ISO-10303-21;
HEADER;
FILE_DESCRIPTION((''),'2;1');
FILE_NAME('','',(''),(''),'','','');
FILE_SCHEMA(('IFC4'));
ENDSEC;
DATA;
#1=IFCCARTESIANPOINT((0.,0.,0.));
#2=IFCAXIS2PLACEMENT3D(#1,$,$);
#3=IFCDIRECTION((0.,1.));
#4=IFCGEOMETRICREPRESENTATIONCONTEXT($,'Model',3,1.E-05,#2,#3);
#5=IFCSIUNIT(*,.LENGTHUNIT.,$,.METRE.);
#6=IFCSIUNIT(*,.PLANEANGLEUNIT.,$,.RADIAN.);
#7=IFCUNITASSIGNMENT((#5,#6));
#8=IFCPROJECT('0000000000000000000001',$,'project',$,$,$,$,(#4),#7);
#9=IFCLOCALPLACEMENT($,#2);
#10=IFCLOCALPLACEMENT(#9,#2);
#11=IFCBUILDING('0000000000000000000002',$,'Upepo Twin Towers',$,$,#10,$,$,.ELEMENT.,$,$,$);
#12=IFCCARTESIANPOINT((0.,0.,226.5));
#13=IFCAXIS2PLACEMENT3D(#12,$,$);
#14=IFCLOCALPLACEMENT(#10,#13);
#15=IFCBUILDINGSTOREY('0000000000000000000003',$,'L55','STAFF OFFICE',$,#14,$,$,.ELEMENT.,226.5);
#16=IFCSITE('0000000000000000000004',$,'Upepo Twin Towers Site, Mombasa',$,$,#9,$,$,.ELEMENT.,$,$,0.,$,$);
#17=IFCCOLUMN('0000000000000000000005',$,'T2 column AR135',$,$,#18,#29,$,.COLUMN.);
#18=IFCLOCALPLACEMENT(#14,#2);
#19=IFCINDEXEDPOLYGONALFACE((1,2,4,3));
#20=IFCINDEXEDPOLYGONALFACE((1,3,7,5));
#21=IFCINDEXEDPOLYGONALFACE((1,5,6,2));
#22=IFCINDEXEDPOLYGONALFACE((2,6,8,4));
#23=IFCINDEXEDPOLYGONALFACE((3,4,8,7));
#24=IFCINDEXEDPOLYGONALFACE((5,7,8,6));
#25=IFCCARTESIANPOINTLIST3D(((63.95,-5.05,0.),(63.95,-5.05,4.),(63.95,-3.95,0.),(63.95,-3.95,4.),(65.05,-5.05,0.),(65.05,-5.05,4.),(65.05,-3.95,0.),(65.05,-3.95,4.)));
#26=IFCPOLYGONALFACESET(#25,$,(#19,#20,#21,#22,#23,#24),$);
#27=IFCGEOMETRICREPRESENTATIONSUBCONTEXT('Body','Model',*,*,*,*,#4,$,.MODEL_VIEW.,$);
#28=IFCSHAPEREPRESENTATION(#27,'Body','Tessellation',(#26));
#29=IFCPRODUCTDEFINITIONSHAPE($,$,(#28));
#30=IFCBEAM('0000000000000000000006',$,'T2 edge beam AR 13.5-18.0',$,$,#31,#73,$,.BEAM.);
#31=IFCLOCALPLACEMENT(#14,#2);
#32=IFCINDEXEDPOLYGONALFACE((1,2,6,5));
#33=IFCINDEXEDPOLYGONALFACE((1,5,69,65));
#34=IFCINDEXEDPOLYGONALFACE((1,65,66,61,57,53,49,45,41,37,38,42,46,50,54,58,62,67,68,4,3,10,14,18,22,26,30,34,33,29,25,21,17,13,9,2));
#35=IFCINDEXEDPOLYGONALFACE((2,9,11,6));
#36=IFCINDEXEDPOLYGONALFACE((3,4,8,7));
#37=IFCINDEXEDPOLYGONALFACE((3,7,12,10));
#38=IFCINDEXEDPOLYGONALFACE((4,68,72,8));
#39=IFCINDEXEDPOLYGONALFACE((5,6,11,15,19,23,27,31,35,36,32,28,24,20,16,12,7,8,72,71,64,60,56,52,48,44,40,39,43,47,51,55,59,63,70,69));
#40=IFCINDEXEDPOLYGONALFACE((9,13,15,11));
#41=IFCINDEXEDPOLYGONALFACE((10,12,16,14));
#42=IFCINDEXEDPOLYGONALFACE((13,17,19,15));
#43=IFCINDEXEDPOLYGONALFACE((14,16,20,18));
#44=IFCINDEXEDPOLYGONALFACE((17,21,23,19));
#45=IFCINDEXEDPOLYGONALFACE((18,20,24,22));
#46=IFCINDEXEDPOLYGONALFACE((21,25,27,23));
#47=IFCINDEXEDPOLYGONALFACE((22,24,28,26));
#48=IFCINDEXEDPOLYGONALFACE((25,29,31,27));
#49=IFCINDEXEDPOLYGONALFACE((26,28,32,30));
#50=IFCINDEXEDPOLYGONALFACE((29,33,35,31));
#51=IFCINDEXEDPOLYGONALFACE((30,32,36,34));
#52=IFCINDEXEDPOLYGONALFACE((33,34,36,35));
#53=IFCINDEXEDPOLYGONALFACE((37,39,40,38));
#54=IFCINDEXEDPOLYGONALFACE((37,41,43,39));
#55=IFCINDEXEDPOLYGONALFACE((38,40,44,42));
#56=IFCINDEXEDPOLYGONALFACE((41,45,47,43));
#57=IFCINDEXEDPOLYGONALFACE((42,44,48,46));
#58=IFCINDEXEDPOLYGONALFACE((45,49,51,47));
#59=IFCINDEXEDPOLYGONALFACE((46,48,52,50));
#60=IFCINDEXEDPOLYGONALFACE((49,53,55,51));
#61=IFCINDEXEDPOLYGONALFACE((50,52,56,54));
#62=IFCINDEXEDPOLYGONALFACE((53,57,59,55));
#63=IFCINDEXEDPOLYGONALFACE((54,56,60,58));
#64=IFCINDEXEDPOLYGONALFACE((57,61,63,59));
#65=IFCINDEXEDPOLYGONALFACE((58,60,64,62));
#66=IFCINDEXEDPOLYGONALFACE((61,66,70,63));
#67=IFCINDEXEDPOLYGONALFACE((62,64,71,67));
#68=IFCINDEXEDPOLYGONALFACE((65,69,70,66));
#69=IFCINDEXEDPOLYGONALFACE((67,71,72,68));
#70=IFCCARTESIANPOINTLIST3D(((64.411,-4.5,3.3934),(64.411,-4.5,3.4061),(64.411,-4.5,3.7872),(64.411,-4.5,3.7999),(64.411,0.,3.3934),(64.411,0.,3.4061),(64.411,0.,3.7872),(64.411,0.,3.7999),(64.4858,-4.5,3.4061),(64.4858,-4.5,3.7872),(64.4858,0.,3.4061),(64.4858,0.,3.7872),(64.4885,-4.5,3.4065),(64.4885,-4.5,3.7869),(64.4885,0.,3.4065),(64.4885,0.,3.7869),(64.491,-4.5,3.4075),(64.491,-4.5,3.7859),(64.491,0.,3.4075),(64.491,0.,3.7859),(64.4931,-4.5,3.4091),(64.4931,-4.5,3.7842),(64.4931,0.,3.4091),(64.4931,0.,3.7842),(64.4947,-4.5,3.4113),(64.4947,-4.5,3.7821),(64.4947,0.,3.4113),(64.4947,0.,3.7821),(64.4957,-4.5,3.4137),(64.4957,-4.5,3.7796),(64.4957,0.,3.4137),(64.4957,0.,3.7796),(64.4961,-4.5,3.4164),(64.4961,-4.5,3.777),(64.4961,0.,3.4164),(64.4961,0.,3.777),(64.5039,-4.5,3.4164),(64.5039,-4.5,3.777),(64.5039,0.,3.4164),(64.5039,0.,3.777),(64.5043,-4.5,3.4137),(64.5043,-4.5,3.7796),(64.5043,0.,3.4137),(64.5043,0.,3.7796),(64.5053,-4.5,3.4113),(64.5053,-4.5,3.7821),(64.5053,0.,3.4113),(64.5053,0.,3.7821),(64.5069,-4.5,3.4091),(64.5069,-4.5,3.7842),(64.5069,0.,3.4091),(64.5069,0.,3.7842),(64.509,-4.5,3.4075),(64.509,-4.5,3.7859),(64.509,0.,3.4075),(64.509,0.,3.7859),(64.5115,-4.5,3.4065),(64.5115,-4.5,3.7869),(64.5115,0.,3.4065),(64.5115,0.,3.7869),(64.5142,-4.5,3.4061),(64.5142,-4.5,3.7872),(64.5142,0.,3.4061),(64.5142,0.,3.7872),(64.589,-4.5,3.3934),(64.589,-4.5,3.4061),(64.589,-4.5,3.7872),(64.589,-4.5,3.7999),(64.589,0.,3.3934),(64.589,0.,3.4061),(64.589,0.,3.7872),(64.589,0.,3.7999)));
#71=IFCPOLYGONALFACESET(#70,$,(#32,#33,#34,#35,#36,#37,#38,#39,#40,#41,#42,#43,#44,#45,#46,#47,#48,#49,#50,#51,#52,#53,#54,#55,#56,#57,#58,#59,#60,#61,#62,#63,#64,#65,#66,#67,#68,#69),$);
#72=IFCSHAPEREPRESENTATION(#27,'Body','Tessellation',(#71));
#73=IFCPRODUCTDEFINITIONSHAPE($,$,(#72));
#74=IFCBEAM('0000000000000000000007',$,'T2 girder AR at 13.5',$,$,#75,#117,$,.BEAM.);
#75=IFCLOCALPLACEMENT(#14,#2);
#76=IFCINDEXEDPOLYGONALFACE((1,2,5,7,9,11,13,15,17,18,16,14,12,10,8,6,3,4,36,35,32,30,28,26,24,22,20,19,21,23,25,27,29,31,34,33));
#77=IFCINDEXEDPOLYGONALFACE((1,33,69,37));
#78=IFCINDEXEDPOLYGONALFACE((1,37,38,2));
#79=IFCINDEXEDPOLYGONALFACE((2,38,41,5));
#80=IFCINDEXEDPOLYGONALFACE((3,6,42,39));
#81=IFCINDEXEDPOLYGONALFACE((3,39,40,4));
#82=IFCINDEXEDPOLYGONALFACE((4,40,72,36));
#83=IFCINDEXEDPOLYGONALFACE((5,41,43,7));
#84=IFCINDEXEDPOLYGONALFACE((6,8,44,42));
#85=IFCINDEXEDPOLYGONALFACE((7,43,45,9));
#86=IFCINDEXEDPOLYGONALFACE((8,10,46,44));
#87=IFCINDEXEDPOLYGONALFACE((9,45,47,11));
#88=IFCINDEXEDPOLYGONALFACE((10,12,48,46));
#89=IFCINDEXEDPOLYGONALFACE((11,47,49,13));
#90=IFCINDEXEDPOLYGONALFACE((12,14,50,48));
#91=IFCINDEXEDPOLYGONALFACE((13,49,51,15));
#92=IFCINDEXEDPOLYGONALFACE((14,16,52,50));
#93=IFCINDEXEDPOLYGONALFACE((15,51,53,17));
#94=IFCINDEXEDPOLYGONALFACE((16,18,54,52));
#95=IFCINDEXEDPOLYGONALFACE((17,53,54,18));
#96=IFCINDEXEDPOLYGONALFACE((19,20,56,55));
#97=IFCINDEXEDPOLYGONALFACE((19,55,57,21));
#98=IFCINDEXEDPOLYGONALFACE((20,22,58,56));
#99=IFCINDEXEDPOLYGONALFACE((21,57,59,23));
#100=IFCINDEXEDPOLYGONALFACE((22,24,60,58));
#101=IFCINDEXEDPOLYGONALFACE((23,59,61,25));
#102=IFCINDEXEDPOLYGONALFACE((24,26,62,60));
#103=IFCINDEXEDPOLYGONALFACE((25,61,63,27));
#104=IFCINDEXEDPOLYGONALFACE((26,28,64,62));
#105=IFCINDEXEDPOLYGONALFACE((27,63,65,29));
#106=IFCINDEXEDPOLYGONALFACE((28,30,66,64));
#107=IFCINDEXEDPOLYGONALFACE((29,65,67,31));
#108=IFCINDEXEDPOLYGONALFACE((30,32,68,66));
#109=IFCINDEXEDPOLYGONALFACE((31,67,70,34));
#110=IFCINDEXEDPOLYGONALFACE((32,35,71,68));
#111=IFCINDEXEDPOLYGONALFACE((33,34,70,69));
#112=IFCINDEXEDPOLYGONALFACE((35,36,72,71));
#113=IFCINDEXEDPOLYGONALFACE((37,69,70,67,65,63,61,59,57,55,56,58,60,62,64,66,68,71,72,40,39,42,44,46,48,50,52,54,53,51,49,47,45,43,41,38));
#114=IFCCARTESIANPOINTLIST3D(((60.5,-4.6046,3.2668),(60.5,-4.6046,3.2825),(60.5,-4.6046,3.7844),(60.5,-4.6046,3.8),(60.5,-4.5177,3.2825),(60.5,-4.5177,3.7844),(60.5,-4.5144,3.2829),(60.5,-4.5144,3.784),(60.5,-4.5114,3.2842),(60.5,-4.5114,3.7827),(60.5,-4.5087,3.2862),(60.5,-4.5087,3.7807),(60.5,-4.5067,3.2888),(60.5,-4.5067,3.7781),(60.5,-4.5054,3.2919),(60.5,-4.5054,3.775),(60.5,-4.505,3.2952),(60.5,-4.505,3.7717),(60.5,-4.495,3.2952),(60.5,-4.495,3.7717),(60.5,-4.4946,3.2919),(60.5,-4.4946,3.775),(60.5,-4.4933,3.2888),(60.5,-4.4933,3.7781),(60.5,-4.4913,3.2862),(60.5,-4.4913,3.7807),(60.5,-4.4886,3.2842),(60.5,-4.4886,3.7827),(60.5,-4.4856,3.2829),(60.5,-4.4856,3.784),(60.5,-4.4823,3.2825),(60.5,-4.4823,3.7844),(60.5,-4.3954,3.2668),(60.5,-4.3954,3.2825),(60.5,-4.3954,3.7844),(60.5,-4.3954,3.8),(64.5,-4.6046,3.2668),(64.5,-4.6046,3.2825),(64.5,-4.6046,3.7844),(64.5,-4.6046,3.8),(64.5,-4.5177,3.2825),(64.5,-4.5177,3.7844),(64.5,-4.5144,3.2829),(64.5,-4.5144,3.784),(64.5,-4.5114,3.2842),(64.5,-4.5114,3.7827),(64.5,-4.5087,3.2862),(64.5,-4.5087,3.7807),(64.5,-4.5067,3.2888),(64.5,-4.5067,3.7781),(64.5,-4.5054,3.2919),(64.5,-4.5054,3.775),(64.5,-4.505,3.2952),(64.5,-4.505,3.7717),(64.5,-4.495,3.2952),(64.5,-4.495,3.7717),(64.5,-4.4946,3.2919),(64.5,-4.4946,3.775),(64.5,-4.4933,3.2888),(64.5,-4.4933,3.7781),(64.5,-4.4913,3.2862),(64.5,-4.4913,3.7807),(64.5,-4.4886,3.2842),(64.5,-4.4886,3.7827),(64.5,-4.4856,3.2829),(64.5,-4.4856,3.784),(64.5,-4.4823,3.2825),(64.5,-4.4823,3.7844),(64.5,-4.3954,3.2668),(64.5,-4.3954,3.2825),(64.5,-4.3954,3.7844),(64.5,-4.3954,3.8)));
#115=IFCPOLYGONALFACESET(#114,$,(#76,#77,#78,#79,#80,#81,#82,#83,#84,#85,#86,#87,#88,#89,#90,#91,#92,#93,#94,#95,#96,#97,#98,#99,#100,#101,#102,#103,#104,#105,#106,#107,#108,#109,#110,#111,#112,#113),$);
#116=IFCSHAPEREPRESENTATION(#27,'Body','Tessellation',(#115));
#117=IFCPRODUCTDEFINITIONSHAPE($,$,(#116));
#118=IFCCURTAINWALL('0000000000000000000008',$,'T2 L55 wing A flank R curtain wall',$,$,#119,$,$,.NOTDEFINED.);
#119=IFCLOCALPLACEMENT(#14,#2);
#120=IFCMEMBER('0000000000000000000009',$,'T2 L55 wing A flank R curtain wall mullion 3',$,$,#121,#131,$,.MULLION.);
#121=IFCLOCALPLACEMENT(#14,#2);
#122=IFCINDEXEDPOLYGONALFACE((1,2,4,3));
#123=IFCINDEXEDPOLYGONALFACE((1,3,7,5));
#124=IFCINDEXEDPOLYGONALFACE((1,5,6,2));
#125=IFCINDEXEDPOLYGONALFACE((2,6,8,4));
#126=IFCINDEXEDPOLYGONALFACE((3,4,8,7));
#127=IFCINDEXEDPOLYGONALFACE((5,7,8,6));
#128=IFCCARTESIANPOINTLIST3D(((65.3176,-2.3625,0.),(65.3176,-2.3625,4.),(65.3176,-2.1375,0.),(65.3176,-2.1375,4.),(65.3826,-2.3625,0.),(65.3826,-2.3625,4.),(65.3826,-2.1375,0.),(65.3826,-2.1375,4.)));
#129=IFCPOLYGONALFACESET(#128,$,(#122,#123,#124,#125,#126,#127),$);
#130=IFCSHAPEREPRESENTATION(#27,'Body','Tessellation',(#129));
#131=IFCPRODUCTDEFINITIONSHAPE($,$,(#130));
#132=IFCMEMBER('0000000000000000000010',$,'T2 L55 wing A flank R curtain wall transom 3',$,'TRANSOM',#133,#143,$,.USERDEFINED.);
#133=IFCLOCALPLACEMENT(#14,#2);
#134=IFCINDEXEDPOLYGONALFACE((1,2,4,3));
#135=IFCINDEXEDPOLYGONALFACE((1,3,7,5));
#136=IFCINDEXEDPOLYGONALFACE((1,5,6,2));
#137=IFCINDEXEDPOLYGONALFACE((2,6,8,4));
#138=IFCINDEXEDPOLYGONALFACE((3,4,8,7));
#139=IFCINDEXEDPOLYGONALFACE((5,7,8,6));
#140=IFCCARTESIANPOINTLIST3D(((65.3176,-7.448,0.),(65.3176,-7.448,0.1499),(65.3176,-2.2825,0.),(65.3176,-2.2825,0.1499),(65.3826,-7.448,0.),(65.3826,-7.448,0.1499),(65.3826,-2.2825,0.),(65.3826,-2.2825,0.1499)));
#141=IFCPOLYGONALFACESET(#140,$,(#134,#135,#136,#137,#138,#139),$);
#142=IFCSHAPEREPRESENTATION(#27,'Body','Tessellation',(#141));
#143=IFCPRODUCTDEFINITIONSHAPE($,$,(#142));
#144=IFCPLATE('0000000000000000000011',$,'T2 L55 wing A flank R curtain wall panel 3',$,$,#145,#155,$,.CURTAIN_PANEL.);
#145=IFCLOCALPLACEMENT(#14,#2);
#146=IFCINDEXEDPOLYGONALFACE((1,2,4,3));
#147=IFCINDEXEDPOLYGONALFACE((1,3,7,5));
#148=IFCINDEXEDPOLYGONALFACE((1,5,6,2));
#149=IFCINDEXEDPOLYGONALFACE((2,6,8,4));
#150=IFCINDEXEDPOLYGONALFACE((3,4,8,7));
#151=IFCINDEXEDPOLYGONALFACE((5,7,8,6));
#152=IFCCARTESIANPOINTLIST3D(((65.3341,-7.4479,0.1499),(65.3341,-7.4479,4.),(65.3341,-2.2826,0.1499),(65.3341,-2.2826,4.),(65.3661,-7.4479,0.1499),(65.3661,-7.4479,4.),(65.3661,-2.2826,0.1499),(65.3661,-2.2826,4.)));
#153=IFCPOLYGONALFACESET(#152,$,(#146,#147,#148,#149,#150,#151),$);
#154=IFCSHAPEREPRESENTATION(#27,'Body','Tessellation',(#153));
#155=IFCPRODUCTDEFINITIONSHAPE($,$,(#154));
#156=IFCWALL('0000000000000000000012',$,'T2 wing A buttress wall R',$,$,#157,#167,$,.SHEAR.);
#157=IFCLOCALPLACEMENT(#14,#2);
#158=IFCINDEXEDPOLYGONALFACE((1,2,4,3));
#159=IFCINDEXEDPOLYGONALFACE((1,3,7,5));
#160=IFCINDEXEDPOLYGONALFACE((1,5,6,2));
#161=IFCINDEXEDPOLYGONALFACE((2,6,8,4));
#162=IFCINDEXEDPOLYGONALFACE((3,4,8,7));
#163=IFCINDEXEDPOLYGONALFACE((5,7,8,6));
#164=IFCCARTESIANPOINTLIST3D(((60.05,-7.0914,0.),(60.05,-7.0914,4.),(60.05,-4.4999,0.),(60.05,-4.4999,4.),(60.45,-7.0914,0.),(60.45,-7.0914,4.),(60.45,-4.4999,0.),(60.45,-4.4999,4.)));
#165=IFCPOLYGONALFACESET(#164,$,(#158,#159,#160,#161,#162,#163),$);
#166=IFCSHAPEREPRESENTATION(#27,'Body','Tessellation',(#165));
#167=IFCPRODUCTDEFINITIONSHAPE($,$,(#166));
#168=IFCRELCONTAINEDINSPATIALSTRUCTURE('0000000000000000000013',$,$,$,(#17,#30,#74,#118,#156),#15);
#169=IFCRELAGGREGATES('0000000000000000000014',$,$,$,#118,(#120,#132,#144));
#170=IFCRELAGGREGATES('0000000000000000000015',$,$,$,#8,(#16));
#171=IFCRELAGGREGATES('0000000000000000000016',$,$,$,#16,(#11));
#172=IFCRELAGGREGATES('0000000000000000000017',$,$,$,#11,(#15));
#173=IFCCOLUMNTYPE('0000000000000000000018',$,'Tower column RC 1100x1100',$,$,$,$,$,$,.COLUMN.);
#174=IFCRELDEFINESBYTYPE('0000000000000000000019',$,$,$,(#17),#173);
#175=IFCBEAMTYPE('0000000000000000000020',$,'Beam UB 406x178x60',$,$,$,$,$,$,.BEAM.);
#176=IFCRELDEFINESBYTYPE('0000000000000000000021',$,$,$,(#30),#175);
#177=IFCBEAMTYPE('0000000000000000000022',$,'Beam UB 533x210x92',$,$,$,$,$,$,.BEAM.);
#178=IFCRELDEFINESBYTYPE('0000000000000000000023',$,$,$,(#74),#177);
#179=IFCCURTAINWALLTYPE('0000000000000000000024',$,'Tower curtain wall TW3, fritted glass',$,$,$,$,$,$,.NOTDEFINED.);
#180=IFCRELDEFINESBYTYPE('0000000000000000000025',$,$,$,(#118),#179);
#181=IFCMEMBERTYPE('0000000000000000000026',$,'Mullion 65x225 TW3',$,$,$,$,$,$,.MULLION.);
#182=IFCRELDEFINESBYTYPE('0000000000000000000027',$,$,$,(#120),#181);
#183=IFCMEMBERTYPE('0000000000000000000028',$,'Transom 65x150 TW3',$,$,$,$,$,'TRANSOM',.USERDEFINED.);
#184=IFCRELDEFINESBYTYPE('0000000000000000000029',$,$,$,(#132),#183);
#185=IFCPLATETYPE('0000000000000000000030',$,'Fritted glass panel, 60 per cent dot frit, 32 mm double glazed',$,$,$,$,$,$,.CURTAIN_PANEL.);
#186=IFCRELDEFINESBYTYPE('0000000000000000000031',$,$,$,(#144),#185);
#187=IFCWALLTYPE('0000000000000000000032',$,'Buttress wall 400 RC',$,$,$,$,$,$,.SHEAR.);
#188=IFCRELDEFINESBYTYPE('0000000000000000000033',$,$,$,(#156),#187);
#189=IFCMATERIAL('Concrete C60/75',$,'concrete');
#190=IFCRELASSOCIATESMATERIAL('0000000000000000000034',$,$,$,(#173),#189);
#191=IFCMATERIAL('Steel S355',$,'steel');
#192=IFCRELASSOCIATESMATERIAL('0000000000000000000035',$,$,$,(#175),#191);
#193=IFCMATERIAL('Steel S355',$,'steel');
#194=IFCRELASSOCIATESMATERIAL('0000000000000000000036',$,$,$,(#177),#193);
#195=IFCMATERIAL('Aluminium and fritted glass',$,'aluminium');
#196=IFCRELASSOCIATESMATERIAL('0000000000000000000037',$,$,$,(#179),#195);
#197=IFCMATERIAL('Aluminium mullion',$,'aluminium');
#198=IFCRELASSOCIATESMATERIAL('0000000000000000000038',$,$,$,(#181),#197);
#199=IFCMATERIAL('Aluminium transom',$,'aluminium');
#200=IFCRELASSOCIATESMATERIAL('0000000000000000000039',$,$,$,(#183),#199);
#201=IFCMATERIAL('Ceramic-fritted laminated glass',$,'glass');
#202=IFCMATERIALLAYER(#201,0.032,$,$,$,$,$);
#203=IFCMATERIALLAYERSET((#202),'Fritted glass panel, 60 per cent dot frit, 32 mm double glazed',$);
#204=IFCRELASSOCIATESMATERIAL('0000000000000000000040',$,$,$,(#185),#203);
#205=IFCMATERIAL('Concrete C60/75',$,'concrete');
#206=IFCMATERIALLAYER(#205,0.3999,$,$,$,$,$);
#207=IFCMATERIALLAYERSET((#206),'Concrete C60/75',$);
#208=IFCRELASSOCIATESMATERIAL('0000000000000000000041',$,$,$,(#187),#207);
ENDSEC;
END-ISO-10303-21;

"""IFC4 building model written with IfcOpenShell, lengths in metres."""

from ifc_helpers import new_model, si_unit, direction, frame, frame_2d, origin, origin_2d, place, context, subcontext, project, spatial, rectangle, i_section, extrude, material, layer, layer_set, material_profile, profile_set, type_object, element, aggregate, save


model = new_model("IFC4")

# Units and contexts
model_context = context("Model", 3, precision=1e-05, world=origin(), true_north=direction((0.0, 1.0)))
body_context = subcontext(model_context, "Body", "Model", "MODEL_VIEW")
ifc_project = project(units=[si_unit("LENGTHUNIT", "METRE"), si_unit("PLANEANGLEUNIT", "RADIAN")], contexts=[model_context])

# Site, building, storey
site_placement = place(None, origin())
site = spatial("IfcSite", under=ifc_project, at=site_placement, Name="Upepo Twin Towers Site, Mombasa", CompositionType="ELEMENT", RefElevation=0.0)
building_placement = place(site_placement, origin())
building = spatial("IfcBuilding", under=site, at=building_placement, Name="Upepo Twin Towers", CompositionType="ELEMENT")
storey_placement = place(building_placement, frame((0.0, 0.0, 226.5)))
storey = spatial("IfcBuildingStorey", under=building, at=storey_placement, Name="L55", Description="STAFF OFFICE", CompositionType="ELEMENT", Elevation=226.5)

# Column
ifc_material_1 = material(Name="Concrete C60/75", Category="concrete")
ifc_material_profile_1 = material_profile(ifc_material_1, rectangle(XDim=1.1001, YDim=1.1001, at=origin_2d()), Name="RC 1100x1100")
ifc_profile_set_1 = profile_set([ifc_material_profile_1], Name="Concrete C60/75")
column_type = type_object("IfcColumnType", Name="Tower column RC 1100x1100", PredefinedType="COLUMN", material=ifc_profile_set_1)
column_placement = place(storey_placement, frame((64.5, -4.5, 0.0), z_axis=(0.0, 0.0, 1.0), x_axis=(1.0, 0.0, 0.0)))
element("IfcColumn", 1, at=column_placement, inside=storey, type_object=column_type, Name="T2 column AR135", PredefinedType="COLUMN", context=body_context, shape_type="SweptSolid", body=[
    extrude(rectangle(XDim=1.1001, YDim=1.1001, at=origin_2d()), origin(), (0.0, 0.0, 1.0), 4.0),
])

# Beams
ifc_material_2 = material(Name="Steel S355", Category="steel")
ifc_material_profile_2 = material_profile(ifc_material_2, i_section(OverallWidth=0.178, OverallDepth=0.4065, WebThickness=0.0078, FlangeThickness=0.0127, FilletRadius=0.0103, at=origin_2d()), Name="UB 406x178x60")
ifc_profile_set_2 = profile_set([ifc_material_profile_2], Name="Steel S355")
beam_type_1 = type_object("IfcBeamType", Name="Beam UB 406x178x60", PredefinedType="BEAM", material=ifc_profile_set_2)
beam_1_placement = place(storey_placement, frame((64.5, -4.5, 3.5967), z_axis=(0.0, 1.0, 0.0), x_axis=(-1.0, 0.0, 0.0)))
element("IfcBeam", 2, at=beam_1_placement, inside=storey, type_object=beam_type_1, Name="T2 edge beam AR 13.5-18.0", PredefinedType="BEAM", context=body_context, shape_type="SweptSolid", body=[
    extrude(i_section(OverallWidth=0.178, OverallDepth=0.4065, WebThickness=0.0078, FlangeThickness=0.0127, FilletRadius=0.0103, at=origin_2d()), origin(), (0.0, 0.0, 1.0), 4.5),
])
ifc_material_3 = material(Name="Steel S355", Category="steel")
ifc_material_profile_3 = material_profile(ifc_material_3, i_section(OverallWidth=0.2092, OverallDepth=0.5332, WebThickness=0.01, FlangeThickness=0.0156, FilletRadius=0.0127, at=origin_2d()), Name="UB 533x210x92")
ifc_profile_set_3 = profile_set([ifc_material_profile_3], Name="Steel S355")
beam_type_2 = type_object("IfcBeamType", Name="Beam UB 533x210x92", PredefinedType="BEAM", material=ifc_profile_set_3)
beam_2_placement = place(storey_placement, frame((64.5, -4.5, 3.5334), z_axis=(-1.0, 0.0, 0.0), x_axis=(0.0, -1.0, 0.0)))
element("IfcBeam", 3, at=beam_2_placement, inside=storey, type_object=beam_type_2, Name="T2 girder AR at 13.5", PredefinedType="BEAM", context=body_context, shape_type="SweptSolid", body=[
    extrude(i_section(OverallWidth=0.2092, OverallDepth=0.5332, WebThickness=0.01, FlangeThickness=0.0156, FilletRadius=0.0127, at=origin_2d()), origin(), (0.0, 0.0, 1.0), 4.0),
])

# Curtain wall, members, plate
ifc_material_4 = material(Name="Aluminium and fritted glass", Category="aluminium")
curtain_wall_type = type_object("IfcCurtainWallType", Name="Tower curtain wall TW3, fritted glass", PredefinedType="NOTDEFINED", material=ifc_material_4)
curtain_wall_placement = place(storey_placement, origin())
curtain_wall = element("IfcCurtainWall", 4, at=curtain_wall_placement, inside=storey, type_object=curtain_wall_type, Name="T2 L55 wing A flank R curtain wall", PredefinedType="NOTDEFINED")
ifc_material_5 = material(Name="Aluminium mullion", Category="aluminium")
ifc_material_profile_4 = material_profile(ifc_material_5, rectangle(XDim=0.0649, YDim=0.2251, at=origin_2d()), Name="MULLION 65x225")
ifc_profile_set_4 = profile_set([ifc_material_profile_4], Name="Aluminium mullion")
member_type_1 = type_object("IfcMemberType", Name="Mullion 65x225 TW3", PredefinedType="MULLION", material=ifc_profile_set_4)
member_1_placement = place(storey_placement, frame((65.3501, -2.25, 0.0), z_axis=(0.0, 0.0, 1.0), x_axis=(1.0, 0.0, 0.0)))
member_1 = element("IfcMember", 5, at=member_1_placement, type_object=member_type_1, Name="T2 L55 wing A flank R curtain wall mullion 3", PredefinedType="MULLION", context=body_context, shape_type="SweptSolid", body=[
    extrude(rectangle(XDim=0.0649, YDim=0.2251, at=origin_2d()), origin(), (0.0, 0.0, 1.0), 4.0),
])
ifc_material_6 = material(Name="Aluminium transom", Category="aluminium")
ifc_material_profile_5 = material_profile(ifc_material_6, rectangle(XDim=0.0649, YDim=0.1499, at=origin_2d()), Name="TRANSOM 65x150")
ifc_profile_set_5 = profile_set([ifc_material_profile_5], Name="Aluminium transom")
member_type_2 = type_object("IfcMemberType", Name="Transom 65x150 TW3", ElementType="TRANSOM", PredefinedType="USERDEFINED", material=ifc_profile_set_5)
member_2_placement = place(storey_placement, frame((65.3501, -2.2825, 0.075), z_axis=(0.0, -1.0, 0.0), x_axis=(1.0, 0.0, 0.0)))
member_2 = element("IfcMember", 6, at=member_2_placement, type_object=member_type_2, Name="T2 L55 wing A flank R curtain wall transom 3", ObjectType="TRANSOM", PredefinedType="USERDEFINED", context=body_context, shape_type="SweptSolid", body=[
    extrude(rectangle(XDim=0.0649, YDim=0.1499, at=origin_2d()), origin(), (0.0, 0.0, 1.0), 5.1655),
])
ifc_material_7 = material(Name="Ceramic-fritted laminated glass", Category="glass")
ifc_layer_1 = layer(ifc_material_7, 0.032)
ifc_layer_set_1 = layer_set([ifc_layer_1], Name="Fritted glass panel, 60 per cent dot frit, 32 mm double glazed")
plate_type = type_object("IfcPlateType", Name="Fritted glass panel, 60 per cent dot frit, 32 mm double glazed", PredefinedType="CURTAIN_PANEL", material=ifc_layer_set_1)
plate_placement = place(storey_placement, frame((65.3501, -4.8652, 0.1499), z_axis=(0.0, 0.0, 1.0), x_axis=(0.0, -1.0, 0.0)))
plate = element("IfcPlate", 7, at=plate_placement, type_object=plate_type, Name="T2 L55 wing A flank R curtain wall panel 3", PredefinedType="CURTAIN_PANEL", context=body_context, shape_type="SweptSolid", body=[
    extrude(rectangle(XDim=5.1653, YDim=0.032, at=origin_2d()), origin(), (0.0, 0.0, 1.0), 3.8501),
])
aggregate(curtain_wall, [member_1, member_2, plate])

# Wall
ifc_material_8 = material(Name="Concrete C60/75", Category="concrete")
ifc_layer_2 = layer(ifc_material_8, 0.3999)
ifc_layer_set_2 = layer_set([ifc_layer_2], Name="Concrete C60/75")
wall_type_1 = type_object("IfcWallType", Name="Buttress wall 400 RC", PredefinedType="SHEAR", material=ifc_layer_set_2)
wall_1_placement = place(storey_placement, frame((60.25, -7.0916, 0.0), z_axis=(0.0, 0.0, 1.0), x_axis=(0.0, 1.0, 0.0)))
element("IfcWall", 8, at=wall_1_placement, inside=storey, type_object=wall_type_1, Name="T2 wing A buttress wall R", PredefinedType="SHEAR", context=body_context, shape_type="SweptSolid", body=[
    extrude(rectangle(XDim=2.5916, YDim=0.3999, at=frame_2d((1.2959, 0.0))), origin(), (0.0, 0.0, 1.0), 4.0),
])

save(model, "model.ifc")
